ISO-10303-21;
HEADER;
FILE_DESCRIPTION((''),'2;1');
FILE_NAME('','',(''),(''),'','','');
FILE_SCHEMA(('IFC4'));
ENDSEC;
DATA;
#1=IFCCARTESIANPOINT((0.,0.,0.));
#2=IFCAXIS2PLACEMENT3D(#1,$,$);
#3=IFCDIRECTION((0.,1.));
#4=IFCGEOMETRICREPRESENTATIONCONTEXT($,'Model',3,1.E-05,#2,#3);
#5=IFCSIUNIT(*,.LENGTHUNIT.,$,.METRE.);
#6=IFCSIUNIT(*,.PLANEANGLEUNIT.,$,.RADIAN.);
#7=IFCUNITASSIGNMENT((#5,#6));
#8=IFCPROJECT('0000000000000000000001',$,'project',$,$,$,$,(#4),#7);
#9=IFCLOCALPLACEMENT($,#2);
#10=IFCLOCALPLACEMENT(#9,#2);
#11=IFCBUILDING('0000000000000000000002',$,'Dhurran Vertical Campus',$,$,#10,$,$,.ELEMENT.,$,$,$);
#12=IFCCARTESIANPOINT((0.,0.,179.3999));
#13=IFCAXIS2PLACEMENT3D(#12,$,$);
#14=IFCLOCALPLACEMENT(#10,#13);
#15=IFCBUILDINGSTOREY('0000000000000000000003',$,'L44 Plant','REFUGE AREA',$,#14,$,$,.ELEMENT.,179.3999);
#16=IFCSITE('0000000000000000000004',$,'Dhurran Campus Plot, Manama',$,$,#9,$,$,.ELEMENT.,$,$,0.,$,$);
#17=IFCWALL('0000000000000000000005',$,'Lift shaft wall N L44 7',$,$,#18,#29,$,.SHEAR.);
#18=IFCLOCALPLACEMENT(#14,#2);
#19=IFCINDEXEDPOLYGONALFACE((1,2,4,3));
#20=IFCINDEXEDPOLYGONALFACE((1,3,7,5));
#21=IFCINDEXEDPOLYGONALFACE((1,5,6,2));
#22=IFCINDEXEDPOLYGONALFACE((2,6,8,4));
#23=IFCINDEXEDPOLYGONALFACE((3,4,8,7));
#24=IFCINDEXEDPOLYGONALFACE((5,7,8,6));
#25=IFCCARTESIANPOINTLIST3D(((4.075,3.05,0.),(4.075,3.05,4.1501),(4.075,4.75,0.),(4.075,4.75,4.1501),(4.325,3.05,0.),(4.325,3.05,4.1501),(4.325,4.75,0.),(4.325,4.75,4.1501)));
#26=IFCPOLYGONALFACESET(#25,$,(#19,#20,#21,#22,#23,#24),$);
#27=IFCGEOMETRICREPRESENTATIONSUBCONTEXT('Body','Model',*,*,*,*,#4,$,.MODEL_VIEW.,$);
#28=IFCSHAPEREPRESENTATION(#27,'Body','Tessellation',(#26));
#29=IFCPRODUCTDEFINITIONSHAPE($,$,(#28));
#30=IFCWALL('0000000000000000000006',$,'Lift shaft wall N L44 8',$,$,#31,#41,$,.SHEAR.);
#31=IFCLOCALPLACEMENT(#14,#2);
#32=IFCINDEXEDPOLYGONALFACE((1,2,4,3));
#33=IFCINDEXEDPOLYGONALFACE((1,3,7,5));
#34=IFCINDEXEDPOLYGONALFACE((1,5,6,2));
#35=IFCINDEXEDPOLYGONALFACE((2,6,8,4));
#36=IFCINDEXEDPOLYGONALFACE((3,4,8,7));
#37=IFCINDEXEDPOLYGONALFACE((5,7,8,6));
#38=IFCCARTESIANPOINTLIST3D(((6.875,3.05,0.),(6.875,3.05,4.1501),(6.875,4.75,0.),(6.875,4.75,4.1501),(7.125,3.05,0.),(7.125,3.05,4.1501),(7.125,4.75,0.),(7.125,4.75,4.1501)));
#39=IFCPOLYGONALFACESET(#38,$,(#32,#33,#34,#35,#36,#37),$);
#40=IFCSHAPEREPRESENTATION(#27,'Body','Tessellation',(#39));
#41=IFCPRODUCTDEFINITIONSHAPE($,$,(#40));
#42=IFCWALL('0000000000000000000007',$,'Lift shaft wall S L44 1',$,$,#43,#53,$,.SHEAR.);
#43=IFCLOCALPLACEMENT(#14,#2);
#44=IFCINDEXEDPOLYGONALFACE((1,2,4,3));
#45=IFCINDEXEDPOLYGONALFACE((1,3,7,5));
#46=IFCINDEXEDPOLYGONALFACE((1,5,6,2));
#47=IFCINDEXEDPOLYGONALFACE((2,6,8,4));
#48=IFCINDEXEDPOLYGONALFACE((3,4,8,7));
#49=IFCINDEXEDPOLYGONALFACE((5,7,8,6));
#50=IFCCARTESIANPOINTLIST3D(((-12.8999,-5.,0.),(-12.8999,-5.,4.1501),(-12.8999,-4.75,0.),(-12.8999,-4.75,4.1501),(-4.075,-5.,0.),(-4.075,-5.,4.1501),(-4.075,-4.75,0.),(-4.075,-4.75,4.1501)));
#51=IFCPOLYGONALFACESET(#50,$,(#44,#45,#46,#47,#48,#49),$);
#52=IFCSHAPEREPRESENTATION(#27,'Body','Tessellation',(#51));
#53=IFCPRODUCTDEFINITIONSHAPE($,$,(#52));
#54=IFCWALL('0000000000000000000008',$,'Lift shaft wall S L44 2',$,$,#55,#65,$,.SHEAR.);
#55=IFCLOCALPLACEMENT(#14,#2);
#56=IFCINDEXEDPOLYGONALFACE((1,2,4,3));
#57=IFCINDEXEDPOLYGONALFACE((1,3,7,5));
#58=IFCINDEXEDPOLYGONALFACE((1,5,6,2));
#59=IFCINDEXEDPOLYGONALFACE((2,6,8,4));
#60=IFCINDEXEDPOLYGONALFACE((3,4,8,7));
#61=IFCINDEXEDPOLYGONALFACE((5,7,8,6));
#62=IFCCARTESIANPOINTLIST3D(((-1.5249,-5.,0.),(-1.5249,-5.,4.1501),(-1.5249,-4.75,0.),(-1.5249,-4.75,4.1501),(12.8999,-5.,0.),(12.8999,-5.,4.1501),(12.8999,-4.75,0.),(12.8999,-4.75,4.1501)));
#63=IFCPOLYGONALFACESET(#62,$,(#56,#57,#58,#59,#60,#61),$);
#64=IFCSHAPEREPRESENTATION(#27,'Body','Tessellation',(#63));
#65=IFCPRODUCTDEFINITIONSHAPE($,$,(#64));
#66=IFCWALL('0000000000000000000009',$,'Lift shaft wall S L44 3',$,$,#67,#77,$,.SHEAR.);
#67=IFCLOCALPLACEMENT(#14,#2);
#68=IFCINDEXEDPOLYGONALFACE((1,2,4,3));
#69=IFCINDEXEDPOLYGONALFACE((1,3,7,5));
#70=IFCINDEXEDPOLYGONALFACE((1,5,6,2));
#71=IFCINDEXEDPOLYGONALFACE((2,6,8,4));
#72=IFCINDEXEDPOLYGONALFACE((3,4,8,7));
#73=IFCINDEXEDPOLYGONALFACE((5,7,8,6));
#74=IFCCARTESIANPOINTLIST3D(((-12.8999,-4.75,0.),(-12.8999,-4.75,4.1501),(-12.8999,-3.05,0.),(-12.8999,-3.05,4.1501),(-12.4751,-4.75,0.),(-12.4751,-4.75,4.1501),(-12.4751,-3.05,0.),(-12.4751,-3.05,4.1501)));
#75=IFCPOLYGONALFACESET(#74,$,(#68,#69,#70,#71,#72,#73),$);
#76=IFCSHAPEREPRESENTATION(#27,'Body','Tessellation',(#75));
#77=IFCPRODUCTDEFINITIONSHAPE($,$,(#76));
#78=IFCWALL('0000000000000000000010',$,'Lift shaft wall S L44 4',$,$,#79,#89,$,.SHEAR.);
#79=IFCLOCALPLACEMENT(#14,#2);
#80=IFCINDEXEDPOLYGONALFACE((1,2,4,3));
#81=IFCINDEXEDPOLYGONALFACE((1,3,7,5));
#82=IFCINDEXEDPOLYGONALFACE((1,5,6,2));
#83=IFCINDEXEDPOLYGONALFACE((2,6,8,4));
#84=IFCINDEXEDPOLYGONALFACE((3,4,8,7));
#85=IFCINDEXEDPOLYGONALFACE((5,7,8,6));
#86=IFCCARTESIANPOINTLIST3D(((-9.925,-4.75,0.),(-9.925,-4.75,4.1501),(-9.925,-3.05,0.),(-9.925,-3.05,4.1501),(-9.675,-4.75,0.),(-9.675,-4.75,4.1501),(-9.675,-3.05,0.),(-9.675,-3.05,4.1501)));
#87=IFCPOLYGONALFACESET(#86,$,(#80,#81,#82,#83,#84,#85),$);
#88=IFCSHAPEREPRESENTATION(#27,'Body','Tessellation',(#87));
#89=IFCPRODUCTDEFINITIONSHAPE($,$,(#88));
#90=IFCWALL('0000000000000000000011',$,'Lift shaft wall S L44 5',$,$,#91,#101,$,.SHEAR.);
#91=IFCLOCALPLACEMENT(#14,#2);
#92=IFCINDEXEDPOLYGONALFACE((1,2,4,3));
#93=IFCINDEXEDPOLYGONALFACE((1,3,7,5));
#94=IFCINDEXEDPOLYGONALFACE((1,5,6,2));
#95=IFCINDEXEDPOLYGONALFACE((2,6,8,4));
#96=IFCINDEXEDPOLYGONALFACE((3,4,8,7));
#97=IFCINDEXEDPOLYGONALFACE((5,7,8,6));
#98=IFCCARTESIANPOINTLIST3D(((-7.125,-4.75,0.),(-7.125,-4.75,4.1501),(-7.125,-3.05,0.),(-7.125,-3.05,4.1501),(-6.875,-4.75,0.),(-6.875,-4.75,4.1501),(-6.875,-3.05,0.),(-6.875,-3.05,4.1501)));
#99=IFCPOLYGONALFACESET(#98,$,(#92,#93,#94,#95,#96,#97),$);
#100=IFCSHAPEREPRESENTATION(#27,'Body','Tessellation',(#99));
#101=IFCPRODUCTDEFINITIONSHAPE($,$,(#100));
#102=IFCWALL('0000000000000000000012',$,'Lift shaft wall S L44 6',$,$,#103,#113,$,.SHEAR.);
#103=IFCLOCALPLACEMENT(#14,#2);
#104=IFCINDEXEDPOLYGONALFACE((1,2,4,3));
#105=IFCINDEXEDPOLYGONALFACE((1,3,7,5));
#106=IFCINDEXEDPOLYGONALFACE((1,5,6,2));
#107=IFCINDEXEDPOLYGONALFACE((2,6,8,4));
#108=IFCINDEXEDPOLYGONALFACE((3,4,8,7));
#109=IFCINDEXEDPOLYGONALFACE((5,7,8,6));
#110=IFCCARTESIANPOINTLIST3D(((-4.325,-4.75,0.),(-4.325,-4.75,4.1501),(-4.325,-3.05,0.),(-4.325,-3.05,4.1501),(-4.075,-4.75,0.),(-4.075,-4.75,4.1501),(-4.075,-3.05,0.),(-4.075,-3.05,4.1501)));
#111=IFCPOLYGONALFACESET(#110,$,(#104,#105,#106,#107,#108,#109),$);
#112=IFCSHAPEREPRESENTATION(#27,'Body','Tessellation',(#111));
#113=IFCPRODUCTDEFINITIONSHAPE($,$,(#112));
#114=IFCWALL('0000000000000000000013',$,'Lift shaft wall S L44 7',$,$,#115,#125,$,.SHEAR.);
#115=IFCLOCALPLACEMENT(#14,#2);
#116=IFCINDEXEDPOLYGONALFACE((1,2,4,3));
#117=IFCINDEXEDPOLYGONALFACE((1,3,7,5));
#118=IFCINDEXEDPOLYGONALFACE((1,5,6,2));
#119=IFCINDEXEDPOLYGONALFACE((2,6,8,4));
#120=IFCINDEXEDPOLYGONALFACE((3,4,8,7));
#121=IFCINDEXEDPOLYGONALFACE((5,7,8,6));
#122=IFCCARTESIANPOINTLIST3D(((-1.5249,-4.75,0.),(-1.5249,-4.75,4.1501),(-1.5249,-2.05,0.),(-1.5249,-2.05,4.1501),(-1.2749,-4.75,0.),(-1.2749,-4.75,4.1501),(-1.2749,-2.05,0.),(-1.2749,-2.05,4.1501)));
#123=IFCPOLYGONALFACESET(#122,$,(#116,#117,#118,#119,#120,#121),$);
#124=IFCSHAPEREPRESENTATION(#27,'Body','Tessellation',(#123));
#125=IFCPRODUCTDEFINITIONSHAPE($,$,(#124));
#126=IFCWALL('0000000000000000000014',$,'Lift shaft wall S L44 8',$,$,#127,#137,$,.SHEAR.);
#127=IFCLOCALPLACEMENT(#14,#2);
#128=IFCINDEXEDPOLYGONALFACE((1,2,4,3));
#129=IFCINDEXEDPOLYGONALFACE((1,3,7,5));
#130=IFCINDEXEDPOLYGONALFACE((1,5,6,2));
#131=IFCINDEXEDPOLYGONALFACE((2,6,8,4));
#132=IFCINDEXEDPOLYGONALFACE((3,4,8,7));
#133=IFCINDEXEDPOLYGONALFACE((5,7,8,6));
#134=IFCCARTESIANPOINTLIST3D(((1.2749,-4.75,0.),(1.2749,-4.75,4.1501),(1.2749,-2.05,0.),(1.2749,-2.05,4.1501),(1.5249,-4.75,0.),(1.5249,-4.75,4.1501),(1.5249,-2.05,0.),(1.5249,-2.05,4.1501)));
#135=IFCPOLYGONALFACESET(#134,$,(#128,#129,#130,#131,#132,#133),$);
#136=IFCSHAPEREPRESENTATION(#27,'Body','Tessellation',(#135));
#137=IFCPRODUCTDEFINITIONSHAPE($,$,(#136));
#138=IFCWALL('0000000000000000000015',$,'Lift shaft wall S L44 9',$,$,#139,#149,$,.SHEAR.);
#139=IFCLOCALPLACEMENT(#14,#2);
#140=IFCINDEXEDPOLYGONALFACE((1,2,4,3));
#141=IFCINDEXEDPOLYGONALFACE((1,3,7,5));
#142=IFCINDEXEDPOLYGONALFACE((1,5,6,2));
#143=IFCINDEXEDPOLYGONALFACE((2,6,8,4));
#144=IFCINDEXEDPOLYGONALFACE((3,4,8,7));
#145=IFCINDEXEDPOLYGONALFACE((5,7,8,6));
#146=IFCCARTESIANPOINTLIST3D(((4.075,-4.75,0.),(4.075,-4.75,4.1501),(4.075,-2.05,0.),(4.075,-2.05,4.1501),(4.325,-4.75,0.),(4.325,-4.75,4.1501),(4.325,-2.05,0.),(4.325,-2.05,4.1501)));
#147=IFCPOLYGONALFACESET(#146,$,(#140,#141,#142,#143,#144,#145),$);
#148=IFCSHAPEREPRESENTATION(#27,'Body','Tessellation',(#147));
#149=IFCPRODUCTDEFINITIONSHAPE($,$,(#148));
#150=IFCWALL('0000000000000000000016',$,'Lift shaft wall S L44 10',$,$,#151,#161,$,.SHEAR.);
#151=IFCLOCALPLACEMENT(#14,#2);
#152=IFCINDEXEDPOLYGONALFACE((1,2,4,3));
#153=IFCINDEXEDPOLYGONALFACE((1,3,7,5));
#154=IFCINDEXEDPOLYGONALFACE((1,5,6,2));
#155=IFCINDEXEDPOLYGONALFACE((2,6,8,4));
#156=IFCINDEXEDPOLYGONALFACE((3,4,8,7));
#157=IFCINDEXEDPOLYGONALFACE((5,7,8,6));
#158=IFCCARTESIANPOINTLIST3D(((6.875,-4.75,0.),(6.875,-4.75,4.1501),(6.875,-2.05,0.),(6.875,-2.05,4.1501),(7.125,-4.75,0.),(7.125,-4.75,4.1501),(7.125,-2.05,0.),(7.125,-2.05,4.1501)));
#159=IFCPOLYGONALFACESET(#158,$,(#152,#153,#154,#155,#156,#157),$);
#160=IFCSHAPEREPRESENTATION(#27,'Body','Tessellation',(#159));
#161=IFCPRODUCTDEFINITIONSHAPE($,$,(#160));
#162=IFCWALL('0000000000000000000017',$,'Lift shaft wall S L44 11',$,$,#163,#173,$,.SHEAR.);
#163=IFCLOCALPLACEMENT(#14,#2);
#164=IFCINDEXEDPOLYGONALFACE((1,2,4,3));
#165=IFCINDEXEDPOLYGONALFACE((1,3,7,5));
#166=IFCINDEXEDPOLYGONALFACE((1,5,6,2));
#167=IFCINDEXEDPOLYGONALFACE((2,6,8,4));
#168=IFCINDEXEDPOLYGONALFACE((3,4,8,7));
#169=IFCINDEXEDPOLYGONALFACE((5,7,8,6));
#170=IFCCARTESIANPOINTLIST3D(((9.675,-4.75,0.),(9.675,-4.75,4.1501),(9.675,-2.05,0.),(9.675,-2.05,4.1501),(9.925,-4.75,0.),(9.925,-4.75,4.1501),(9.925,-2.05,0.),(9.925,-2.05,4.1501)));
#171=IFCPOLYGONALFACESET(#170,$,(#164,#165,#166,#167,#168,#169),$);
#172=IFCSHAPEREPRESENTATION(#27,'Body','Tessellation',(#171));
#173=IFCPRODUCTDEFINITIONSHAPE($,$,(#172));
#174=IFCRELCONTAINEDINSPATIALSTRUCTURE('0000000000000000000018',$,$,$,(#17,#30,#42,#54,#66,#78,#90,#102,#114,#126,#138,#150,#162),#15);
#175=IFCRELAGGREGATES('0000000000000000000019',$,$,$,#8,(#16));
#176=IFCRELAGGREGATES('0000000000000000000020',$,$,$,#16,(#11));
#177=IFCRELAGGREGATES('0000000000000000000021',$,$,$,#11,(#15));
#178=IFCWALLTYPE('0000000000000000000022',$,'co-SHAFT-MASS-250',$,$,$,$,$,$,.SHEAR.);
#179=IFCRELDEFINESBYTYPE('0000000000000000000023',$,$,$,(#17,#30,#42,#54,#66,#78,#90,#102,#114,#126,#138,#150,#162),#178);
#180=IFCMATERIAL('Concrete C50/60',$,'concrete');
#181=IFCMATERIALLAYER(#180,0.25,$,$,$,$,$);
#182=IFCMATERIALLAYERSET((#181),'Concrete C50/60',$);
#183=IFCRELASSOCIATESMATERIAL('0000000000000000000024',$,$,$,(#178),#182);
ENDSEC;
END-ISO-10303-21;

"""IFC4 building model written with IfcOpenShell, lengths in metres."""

from ifc_helpers import new_model, si_unit, direction, frame, origin, place, context, subcontext, project, spatial, polyline, outline, extrude, material, layer, layer_set, type_object, element, save


model = new_model("IFC4")

# Units and contexts
model_context = context("Model", 3, precision=1e-05, world=origin(), true_north=direction((0.0, 1.0)))
body_context = subcontext(model_context, "Body", "Model", "MODEL_VIEW")
ifc_project = project(units=[si_unit("LENGTHUNIT", "METRE"), si_unit("PLANEANGLEUNIT", "RADIAN")], contexts=[model_context])

# Site, building, storey
site_placement = place(None, origin())
site = spatial("IfcSite", under=ifc_project, at=site_placement, Name="Dhurran Campus Plot, Manama", CompositionType="ELEMENT", RefElevation=0.0)
building_placement = place(site_placement, origin())
building = spatial("IfcBuilding", under=site, at=building_placement, Name="Dhurran Vertical Campus", CompositionType="ELEMENT")
storey_placement = place(building_placement, frame((0.0, 0.0, 179.3999)))
storey = spatial("IfcBuildingStorey", under=building, at=storey_placement, Name="L44 Plant", Description="REFUGE AREA", CompositionType="ELEMENT", Elevation=179.3999)

# Walls
ifc_material = material(Name="Concrete C50/60", Category="concrete")
ifc_layer = layer(ifc_material, 0.25)
ifc_layer_set = layer_set([ifc_layer], Name="Concrete C50/60")
wall_type = type_object("IfcWallType", Name="co-SHAFT-MASS-250", PredefinedType="SHEAR", material=ifc_layer_set)
wall_1_placement = place(storey_placement, origin())
element("IfcWall", 1, at=wall_1_placement, inside=storey, type_object=wall_type, Name="Lift shaft wall N L44 7", PredefinedType="SHEAR", context=body_context, shape_type="SweptSolid", body=[
    extrude(outline(polyline([(4.075, 3.05), (4.325, 3.05), (4.325, 4.75), (4.075, 4.75), (4.075, 3.05)])), origin(), (0.0, 0.0, 1.0), 4.1501),
])
wall_2_placement = place(storey_placement, origin())
element("IfcWall", 2, at=wall_2_placement, inside=storey, type_object=wall_type, Name="Lift shaft wall N L44 8", PredefinedType="SHEAR", context=body_context, shape_type="SweptSolid", body=[
    extrude(outline(polyline([(6.875, 3.05), (7.125, 3.05), (7.125, 4.75), (6.875, 4.75), (6.875, 3.05)])), origin(), (0.0, 0.0, 1.0), 4.1501),
])
wall_3_placement = place(storey_placement, origin())
element("IfcWall", 3, at=wall_3_placement, inside=storey, type_object=wall_type, Name="Lift shaft wall S L44 1", PredefinedType="SHEAR", context=body_context, shape_type="SweptSolid", body=[
    extrude(outline(polyline([(-12.8999, -5.0), (-4.075, -5.0), (-4.075, -4.75), (-12.8999, -4.75), (-12.8999, -5.0)])), origin(), (0.0, 0.0, 1.0), 4.1501),
])
wall_4_placement = place(storey_placement, origin())
element("IfcWall", 4, at=wall_4_placement, inside=storey, type_object=wall_type, Name="Lift shaft wall S L44 2", PredefinedType="SHEAR", context=body_context, shape_type="SweptSolid", body=[
    extrude(outline(polyline([(-1.5249, -5.0), (12.8999, -5.0), (12.8999, -4.75), (-1.5249, -4.75), (-1.5249, -5.0)])), origin(), (0.0, 0.0, 1.0), 4.1501),
])
wall_5_placement = place(storey_placement, origin())
element("IfcWall", 5, at=wall_5_placement, inside=storey, type_object=wall_type, Name="Lift shaft wall S L44 3", PredefinedType="SHEAR", context=body_context, shape_type="SweptSolid", body=[
    extrude(outline(polyline([(-12.8999, -4.75), (-12.4751, -4.75), (-12.4751, -3.05), (-12.8999, -3.05), (-12.8999, -4.75)])), origin(), (0.0, 0.0, 1.0), 4.1501),
])
wall_6_placement = place(storey_placement, origin())
element("IfcWall", 6, at=wall_6_placement, inside=storey, type_object=wall_type, Name="Lift shaft wall S L44 4", PredefinedType="SHEAR", context=body_context, shape_type="SweptSolid", body=[
    extrude(outline(polyline([(-9.925, -4.75), (-9.675, -4.75), (-9.675, -3.05), (-9.925, -3.05), (-9.925, -4.75)])), origin(), (0.0, 0.0, 1.0), 4.1501),
])
wall_7_placement = place(storey_placement, origin())
element("IfcWall", 7, at=wall_7_placement, inside=storey, type_object=wall_type, Name="Lift shaft wall S L44 5", PredefinedType="SHEAR", context=body_context, shape_type="SweptSolid", body=[
    extrude(outline(polyline([(-7.125, -4.75), (-6.875, -4.75), (-6.875, -3.05), (-7.125, -3.05), (-7.125, -4.75)])), origin(), (0.0, 0.0, 1.0), 4.1501),
])
wall_8_placement = place(storey_placement, origin())
element("IfcWall", 8, at=wall_8_placement, inside=storey, type_object=wall_type, Name="Lift shaft wall S L44 6", PredefinedType="SHEAR", context=body_context, shape_type="SweptSolid", body=[
    extrude(outline(polyline([(-4.325, -4.75), (-4.075, -4.75), (-4.075, -3.05), (-4.325, -3.05), (-4.325, -4.75)])), origin(), (0.0, 0.0, 1.0), 4.1501),
])
wall_9_placement = place(storey_placement, origin())
element("IfcWall", 9, at=wall_9_placement, inside=storey, type_object=wall_type, Name="Lift shaft wall S L44 7", PredefinedType="SHEAR", context=body_context, shape_type="SweptSolid", body=[
    extrude(outline(polyline([(-1.5249, -4.75), (-1.2749, -4.75), (-1.2749, -2.05), (-1.5249, -2.05), (-1.5249, -4.75)])), origin(), (0.0, 0.0, 1.0), 4.1501),
])
wall_10_placement = place(storey_placement, origin())
element("IfcWall", 10, at=wall_10_placement, inside=storey, type_object=wall_type, Name="Lift shaft wall S L44 8", PredefinedType="SHEAR", context=body_context, shape_type="SweptSolid", body=[
    extrude(outline(polyline([(1.2749, -4.75), (1.5249, -4.75), (1.5249, -2.05), (1.2749, -2.05), (1.2749, -4.75)])), origin(), (0.0, 0.0, 1.0), 4.1501),
])
wall_11_placement = place(storey_placement, origin())
element("IfcWall", 11, at=wall_11_placement, inside=storey, type_object=wall_type, Name="Lift shaft wall S L44 9", PredefinedType="SHEAR", context=body_context, shape_type="SweptSolid", body=[
    extrude(outline(polyline([(4.075, -4.75), (4.325, -4.75), (4.325, -2.05), (4.075, -2.05), (4.075, -4.75)])), origin(), (0.0, 0.0, 1.0), 4.1501),
])
wall_12_placement = place(storey_placement, origin())
element("IfcWall", 12, at=wall_12_placement, inside=storey, type_object=wall_type, Name="Lift shaft wall S L44 10", PredefinedType="SHEAR", context=body_context, shape_type="SweptSolid", body=[
    extrude(outline(polyline([(6.875, -4.75), (7.125, -4.75), (7.125, -2.05), (6.875, -2.05), (6.875, -4.75)])), origin(), (0.0, 0.0, 1.0), 4.1501),
])
wall_13_placement = place(storey_placement, origin())
element("IfcWall", 13, at=wall_13_placement, inside=storey, type_object=wall_type, Name="Lift shaft wall S L44 11", PredefinedType="SHEAR", context=body_context, shape_type="SweptSolid", body=[
    extrude(outline(polyline([(9.675, -4.75), (9.925, -4.75), (9.925, -2.05), (9.675, -2.05), (9.675, -4.75)])), origin(), (0.0, 0.0, 1.0), 4.1501),
])

save(model, "model.ifc")
